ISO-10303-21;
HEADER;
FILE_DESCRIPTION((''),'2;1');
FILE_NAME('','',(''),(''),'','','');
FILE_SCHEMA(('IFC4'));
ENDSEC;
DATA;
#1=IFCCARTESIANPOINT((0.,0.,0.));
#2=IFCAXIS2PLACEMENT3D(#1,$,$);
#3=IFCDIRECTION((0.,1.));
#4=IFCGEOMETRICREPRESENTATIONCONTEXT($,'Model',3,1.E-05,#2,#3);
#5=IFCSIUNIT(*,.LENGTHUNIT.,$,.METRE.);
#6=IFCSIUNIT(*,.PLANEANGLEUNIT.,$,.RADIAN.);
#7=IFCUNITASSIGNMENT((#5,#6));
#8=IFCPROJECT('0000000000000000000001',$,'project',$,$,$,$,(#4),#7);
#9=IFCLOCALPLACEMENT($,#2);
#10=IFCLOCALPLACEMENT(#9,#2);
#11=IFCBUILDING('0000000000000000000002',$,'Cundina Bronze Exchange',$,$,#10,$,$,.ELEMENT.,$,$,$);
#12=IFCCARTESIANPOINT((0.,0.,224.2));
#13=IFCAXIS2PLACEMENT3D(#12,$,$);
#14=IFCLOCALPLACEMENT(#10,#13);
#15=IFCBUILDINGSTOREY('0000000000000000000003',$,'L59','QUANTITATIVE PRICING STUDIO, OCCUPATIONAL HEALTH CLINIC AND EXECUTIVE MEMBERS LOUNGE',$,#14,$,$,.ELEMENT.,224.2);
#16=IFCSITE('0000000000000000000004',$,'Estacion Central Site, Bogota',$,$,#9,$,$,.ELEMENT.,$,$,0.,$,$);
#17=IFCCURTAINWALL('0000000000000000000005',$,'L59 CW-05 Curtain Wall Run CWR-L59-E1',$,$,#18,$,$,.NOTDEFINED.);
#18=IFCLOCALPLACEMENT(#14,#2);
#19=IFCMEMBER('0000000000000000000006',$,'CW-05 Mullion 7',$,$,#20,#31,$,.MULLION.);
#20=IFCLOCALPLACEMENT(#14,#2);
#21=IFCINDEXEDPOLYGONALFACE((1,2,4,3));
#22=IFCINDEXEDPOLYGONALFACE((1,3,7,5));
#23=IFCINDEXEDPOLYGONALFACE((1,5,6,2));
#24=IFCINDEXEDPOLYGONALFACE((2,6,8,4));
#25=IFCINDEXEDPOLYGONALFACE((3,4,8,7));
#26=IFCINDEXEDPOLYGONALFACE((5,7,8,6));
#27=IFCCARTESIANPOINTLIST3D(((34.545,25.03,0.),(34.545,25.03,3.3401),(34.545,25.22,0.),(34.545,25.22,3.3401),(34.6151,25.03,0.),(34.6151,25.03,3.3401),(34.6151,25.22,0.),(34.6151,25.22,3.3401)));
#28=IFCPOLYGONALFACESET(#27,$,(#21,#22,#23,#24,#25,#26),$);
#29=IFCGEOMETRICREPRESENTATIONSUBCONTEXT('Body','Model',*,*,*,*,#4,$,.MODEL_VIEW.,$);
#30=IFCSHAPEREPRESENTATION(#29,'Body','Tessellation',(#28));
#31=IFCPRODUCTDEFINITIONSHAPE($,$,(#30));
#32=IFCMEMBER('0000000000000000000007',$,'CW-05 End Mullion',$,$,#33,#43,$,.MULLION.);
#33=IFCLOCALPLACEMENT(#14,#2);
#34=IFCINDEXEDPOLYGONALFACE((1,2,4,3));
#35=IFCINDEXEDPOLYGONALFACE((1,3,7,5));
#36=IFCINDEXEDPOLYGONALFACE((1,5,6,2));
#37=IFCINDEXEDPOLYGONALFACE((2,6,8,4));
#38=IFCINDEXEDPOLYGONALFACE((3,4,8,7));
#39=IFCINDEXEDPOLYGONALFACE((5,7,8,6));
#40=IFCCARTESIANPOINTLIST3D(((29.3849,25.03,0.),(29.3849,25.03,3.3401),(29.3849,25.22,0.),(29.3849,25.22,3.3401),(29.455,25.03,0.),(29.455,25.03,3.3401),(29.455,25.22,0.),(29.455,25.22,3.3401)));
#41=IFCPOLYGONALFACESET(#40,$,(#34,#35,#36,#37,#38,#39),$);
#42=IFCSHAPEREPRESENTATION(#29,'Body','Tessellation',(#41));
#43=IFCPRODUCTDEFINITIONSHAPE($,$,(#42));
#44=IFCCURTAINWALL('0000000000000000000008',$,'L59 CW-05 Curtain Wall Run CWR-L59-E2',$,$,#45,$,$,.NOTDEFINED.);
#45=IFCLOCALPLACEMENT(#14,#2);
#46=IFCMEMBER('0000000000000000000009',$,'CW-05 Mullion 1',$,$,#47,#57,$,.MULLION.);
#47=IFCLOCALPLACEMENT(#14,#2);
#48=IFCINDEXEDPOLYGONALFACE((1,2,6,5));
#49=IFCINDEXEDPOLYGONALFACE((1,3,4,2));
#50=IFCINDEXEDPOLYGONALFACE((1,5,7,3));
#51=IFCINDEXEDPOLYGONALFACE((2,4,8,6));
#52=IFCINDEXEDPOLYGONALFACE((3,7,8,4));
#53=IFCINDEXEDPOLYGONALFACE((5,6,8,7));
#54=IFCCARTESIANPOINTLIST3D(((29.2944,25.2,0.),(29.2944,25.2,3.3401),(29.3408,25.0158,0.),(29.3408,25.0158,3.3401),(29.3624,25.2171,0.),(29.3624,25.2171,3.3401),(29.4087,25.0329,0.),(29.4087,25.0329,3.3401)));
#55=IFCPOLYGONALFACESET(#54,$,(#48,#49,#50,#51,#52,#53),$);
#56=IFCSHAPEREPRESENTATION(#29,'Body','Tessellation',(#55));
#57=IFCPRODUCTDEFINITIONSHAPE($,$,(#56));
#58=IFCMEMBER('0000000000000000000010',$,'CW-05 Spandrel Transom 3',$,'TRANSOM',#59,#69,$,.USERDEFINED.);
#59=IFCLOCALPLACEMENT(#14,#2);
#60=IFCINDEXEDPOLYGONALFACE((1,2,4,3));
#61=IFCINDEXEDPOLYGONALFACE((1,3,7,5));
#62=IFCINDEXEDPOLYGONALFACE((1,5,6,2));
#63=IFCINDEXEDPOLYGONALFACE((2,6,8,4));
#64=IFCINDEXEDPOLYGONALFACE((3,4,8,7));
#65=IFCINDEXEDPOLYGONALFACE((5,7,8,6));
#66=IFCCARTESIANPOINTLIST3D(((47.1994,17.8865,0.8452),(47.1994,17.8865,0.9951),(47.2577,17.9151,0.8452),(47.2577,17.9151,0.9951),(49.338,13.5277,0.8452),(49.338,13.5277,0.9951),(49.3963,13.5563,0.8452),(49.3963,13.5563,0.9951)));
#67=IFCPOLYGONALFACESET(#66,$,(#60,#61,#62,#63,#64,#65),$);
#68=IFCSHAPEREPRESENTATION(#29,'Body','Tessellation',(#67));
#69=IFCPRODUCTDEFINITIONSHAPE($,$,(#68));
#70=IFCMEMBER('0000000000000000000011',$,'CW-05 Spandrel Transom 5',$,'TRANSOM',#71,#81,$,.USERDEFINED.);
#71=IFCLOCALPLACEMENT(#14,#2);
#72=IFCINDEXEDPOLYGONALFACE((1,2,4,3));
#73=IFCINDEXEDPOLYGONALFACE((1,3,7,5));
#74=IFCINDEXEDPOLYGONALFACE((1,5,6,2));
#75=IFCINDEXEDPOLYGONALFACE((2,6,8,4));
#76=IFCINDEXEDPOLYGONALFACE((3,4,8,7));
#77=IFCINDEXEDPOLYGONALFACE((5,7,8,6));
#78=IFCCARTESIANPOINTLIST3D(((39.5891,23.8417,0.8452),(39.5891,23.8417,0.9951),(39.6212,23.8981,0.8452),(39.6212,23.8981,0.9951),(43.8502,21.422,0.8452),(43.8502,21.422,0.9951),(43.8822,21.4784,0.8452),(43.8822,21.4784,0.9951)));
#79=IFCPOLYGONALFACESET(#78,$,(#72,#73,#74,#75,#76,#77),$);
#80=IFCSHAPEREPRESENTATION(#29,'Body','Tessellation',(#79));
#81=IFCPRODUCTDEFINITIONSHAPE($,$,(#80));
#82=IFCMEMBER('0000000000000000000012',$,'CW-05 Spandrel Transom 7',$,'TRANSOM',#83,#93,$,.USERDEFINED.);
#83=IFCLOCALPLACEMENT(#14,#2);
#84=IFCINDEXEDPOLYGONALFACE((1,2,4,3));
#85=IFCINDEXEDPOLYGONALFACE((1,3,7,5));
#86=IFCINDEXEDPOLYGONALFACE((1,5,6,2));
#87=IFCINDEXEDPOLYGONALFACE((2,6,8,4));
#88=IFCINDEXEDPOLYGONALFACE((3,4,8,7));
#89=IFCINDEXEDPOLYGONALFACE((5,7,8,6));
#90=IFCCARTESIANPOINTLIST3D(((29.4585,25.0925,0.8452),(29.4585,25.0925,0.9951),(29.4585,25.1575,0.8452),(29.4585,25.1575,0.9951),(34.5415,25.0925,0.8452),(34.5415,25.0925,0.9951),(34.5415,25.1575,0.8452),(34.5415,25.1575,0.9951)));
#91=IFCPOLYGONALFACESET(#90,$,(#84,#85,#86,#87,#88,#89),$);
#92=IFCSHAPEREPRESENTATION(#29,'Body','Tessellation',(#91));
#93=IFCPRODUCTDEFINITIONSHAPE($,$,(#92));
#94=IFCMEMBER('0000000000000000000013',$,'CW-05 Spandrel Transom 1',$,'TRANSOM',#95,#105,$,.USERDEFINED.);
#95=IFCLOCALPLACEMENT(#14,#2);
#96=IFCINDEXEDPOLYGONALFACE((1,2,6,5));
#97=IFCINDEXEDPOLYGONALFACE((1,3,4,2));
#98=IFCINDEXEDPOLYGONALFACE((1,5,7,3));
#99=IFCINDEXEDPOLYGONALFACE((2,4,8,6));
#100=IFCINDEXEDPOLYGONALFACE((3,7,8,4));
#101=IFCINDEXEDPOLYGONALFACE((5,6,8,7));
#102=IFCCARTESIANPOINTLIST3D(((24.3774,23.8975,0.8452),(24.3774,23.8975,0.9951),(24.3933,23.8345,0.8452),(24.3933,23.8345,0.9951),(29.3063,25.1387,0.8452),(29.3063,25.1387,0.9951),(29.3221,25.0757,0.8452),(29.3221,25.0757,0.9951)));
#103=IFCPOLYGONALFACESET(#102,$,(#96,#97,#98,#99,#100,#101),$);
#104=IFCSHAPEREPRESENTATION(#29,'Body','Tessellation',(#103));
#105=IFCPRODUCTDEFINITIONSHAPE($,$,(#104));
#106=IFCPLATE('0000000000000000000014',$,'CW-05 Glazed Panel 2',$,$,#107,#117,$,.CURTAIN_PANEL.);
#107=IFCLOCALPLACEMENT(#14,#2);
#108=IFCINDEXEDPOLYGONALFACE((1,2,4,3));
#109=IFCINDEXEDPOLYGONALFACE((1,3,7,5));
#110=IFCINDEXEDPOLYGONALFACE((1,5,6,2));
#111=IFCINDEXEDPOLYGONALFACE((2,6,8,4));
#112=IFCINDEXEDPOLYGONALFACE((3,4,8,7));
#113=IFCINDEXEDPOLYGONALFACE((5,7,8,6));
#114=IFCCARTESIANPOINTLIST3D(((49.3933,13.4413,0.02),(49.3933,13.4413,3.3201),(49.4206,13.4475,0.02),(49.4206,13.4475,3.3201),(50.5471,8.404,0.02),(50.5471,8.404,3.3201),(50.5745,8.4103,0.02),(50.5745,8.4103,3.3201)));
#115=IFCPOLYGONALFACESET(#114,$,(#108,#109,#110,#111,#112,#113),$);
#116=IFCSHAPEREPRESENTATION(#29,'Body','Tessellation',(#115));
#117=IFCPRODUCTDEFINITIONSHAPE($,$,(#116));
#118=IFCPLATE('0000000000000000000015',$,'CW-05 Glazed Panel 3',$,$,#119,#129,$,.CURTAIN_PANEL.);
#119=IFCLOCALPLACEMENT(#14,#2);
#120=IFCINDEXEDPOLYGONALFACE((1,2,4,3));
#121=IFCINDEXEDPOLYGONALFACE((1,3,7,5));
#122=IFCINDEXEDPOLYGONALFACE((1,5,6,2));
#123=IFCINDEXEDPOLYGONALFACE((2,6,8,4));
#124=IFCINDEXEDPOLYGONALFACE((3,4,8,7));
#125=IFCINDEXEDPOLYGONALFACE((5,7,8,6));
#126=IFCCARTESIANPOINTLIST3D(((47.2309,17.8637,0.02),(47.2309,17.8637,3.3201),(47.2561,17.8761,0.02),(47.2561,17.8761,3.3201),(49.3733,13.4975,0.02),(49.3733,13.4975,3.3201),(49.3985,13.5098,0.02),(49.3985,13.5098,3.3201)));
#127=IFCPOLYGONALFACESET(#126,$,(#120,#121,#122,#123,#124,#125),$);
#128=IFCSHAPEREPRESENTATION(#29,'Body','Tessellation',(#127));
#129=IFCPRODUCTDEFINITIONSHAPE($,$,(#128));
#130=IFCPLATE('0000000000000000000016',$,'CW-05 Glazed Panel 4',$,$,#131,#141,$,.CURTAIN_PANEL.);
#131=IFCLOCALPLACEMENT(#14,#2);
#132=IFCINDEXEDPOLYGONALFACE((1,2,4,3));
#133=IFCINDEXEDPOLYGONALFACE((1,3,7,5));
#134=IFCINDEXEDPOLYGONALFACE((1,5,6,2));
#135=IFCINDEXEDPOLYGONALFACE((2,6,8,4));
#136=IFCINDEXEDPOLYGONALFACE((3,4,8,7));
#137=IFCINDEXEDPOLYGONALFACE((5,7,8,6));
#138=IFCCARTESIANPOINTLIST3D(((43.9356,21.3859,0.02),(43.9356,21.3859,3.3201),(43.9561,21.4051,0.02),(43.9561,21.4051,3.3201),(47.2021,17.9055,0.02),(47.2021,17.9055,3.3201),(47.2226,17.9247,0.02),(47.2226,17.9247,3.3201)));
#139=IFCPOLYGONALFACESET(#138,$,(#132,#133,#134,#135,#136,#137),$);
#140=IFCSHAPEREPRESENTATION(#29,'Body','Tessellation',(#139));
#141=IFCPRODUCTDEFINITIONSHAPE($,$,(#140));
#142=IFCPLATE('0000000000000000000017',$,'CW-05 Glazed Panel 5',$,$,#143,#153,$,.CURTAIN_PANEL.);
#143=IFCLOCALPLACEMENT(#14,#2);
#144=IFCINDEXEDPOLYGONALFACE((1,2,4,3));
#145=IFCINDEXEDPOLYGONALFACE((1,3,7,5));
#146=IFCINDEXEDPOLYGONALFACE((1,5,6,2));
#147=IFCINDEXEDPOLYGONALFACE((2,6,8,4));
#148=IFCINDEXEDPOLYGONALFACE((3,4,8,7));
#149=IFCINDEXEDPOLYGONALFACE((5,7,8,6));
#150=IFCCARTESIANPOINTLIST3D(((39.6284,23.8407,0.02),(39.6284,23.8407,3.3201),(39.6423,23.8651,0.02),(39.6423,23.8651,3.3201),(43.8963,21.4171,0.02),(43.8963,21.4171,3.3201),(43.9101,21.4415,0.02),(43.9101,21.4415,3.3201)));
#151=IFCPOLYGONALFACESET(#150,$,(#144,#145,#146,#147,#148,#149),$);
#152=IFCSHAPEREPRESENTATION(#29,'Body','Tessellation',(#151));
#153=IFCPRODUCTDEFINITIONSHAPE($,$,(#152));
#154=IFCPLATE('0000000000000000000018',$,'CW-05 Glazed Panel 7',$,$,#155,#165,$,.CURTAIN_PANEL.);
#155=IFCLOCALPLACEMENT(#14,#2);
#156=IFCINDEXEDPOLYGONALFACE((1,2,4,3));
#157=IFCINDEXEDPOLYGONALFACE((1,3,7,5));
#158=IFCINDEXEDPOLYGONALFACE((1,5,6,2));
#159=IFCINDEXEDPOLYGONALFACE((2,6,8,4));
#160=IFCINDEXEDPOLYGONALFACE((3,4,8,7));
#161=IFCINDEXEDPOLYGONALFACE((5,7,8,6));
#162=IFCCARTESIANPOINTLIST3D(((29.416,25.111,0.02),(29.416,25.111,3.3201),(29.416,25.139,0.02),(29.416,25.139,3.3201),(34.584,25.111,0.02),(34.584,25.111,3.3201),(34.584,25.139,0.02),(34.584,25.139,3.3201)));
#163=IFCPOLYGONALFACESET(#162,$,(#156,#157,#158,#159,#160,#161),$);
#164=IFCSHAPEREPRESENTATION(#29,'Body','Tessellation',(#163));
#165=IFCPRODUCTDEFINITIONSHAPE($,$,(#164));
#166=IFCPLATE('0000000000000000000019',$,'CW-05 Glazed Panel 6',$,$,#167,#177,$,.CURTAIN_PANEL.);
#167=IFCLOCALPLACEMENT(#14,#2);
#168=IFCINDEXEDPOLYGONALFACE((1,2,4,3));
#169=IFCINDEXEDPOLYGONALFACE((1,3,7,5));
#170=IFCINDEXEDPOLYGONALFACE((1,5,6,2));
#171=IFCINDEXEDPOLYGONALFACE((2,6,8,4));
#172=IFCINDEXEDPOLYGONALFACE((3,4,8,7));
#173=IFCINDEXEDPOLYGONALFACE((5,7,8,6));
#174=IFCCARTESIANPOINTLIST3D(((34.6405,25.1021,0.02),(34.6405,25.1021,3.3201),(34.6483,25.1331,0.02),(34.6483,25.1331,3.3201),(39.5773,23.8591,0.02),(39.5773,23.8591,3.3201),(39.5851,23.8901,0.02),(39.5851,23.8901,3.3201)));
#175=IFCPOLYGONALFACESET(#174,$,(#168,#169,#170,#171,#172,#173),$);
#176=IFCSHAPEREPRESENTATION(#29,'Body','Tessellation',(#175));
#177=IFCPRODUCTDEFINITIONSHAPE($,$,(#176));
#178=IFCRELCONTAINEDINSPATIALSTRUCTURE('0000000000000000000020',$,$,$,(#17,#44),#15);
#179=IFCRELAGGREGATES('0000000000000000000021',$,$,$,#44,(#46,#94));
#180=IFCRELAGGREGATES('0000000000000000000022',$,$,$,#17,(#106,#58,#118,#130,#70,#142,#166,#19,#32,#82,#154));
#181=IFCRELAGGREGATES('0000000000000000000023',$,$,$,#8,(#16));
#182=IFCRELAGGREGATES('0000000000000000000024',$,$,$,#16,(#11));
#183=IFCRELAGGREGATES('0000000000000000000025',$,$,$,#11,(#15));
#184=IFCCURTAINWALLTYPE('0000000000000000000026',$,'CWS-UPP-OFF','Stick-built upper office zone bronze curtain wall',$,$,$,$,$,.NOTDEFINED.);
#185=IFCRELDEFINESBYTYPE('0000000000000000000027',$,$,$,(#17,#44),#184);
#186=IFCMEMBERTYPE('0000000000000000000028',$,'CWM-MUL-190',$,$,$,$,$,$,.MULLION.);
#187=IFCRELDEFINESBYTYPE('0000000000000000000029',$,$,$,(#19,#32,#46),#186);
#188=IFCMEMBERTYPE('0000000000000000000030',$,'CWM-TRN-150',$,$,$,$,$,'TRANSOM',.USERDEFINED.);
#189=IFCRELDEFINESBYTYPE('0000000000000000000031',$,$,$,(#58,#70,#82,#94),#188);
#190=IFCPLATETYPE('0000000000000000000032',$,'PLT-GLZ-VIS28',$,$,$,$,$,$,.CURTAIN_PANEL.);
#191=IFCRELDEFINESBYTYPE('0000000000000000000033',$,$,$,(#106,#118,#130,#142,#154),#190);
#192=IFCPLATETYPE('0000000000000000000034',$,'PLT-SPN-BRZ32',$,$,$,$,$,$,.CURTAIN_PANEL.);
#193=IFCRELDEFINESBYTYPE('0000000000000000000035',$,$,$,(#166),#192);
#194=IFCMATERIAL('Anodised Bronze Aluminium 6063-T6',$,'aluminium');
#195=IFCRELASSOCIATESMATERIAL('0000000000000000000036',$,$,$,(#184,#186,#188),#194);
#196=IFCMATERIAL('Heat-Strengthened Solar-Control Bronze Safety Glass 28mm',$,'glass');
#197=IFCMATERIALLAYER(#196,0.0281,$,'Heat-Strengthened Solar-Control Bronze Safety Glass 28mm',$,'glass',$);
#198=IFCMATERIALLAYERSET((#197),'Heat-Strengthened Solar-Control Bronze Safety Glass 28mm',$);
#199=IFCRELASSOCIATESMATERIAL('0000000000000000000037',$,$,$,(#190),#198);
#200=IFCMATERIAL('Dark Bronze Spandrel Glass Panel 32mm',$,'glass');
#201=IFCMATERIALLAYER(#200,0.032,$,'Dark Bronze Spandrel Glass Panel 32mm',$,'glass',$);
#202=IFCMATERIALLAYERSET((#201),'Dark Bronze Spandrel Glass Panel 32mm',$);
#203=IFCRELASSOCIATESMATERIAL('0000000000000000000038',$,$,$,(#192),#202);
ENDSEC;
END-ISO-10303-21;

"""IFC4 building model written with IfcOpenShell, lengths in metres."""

from ifc_helpers import new_model, si_unit, direction, frame, origin, origin_2d, place, context, subcontext, project, spatial, rectangle, extrude, material, layer, layer_set, material_profile, profile_set, type_object, element, aggregate, save


model = new_model("IFC4")

# Units and contexts
model_context = context("Model", 3, precision=1e-05, world=origin(), true_north=direction((0.0, 1.0)))
body_context = subcontext(model_context, "Body", "Model", "MODEL_VIEW")
ifc_project = project(units=[si_unit("LENGTHUNIT", "METRE"), si_unit("PLANEANGLEUNIT", "RADIAN")], contexts=[model_context])

# Site, building, storey
site_placement = place(None, origin())
site = spatial("IfcSite", under=ifc_project, at=site_placement, Name="Estacion Central Site, Bogota", CompositionType="ELEMENT", RefElevation=0.0)
building_placement = place(site_placement, origin())
building = spatial("IfcBuilding", under=site, at=building_placement, Name="Cundina Bronze Exchange", CompositionType="ELEMENT")
storey_placement = place(building_placement, frame((0.0, 0.0, 224.2)))
storey = spatial("IfcBuildingStorey", under=building, at=storey_placement, Name="L59", Description="QUANTITATIVE PRICING STUDIO, OCCUPATIONAL HEALTH CLINIC AND EXECUTIVE MEMBERS LOUNGE", CompositionType="ELEMENT", Elevation=224.2)

# Curtain wall, members
ifc_material_1 = material(Name="Anodised Bronze Aluminium 6063-T6", Category="aluminium")
curtain_wall_type = type_object("IfcCurtainWallType", Name="CWS-UPP-OFF", Description="Stick-built upper office zone bronze curtain wall", PredefinedType="NOTDEFINED", material=ifc_material_1)
curtain_wall_1_placement = place(storey_placement, origin())
curtain_wall_1 = element("IfcCurtainWall", 1, at=curtain_wall_1_placement, inside=storey, type_object=curtain_wall_type, Name="L59 CW-05 Curtain Wall Run CWR-L59-E1", PredefinedType="NOTDEFINED")
ifc_material_profile_1 = material_profile(ifc_material_1, rectangle(XDim=0.0701, YDim=0.1899, at=origin_2d()), Name="AL70X190", Category="aluminium")
ifc_profile_set_1 = profile_set([ifc_material_profile_1], Name="Anodised Bronze Aluminium 6063-T6")
member_type_1 = type_object("IfcMemberType", Name="CWM-MUL-190", PredefinedType="MULLION", material=ifc_profile_set_1)
member_1_placement = place(storey_placement, frame((34.5801, 25.125, 0.0), z_axis=(0.0, 0.0, 1.0), x_axis=(-1.0, 0.0, 0.0)))
member_1 = element("IfcMember", 2, at=member_1_placement, type_object=member_type_1, Name="CW-05 Mullion 7", PredefinedType="MULLION", context=body_context, shape_type="SweptSolid", body=[
    extrude(rectangle(XDim=0.0701, YDim=0.1899, at=origin_2d()), origin(), (0.0, 0.0, 1.0), 3.3401),
])
member_2_placement = place(storey_placement, frame((29.4199, 25.125, 0.0), z_axis=(0.0, 0.0, 1.0), x_axis=(-1.0, 0.0, 0.0)))
member_2 = element("IfcMember", 3, at=member_2_placement, type_object=member_type_1, Name="CW-05 End Mullion", PredefinedType="MULLION", context=body_context, shape_type="SweptSolid", body=[
    extrude(rectangle(XDim=0.0701, YDim=0.1899, at=origin_2d()), origin(), (0.0, 0.0, 1.0), 3.3401),
])

# Curtain wall, member
curtain_wall_2_placement = place(storey_placement, origin())
curtain_wall_2 = element("IfcCurtainWall", 4, at=curtain_wall_2_placement, inside=storey, type_object=curtain_wall_type, Name="L59 CW-05 Curtain Wall Run CWR-L59-E2", PredefinedType="NOTDEFINED")
member_3_placement = place(storey_placement, frame((29.3516, 25.1165, 0.0), z_axis=(0.0, 0.0, 1.0), x_axis=(-0.969744, -0.244123, 0.0)))
member_3 = element("IfcMember", 5, at=member_3_placement, type_object=member_type_1, Name="CW-05 Mullion 1", PredefinedType="MULLION", context=body_context, shape_type="SweptSolid", body=[
    extrude(rectangle(XDim=0.0701, YDim=0.1899, at=origin_2d()), origin(), (0.0, 0.0, 1.0), 3.3401),
])

# Members
ifc_material_profile_2 = material_profile(ifc_material_1, rectangle(XDim=0.0649, YDim=0.1499, at=origin_2d()), Name="AL65X150", Category="aluminium")
ifc_profile_set_2 = profile_set([ifc_material_profile_2], Name="Anodised Bronze Aluminium 6063-T6")
member_type_2 = type_object("IfcMemberType", Name="CWM-TRN-150", ElementType="TRANSOM", PredefinedType="USERDEFINED", material=ifc_profile_set_2)
member_4_placement = place(storey_placement, frame((49.3672, 13.542, 0.9202), z_axis=(-0.440483, 0.897761, 0.0), x_axis=(-0.897761, -0.440483, 0.0)))
member_4 = element("IfcMember", 6, at=member_4_placement, type_object=member_type_2, Name="CW-05 Spandrel Transom 3", ObjectType="TRANSOM", PredefinedType="USERDEFINED", context=body_context, shape_type="SweptSolid", body=[
    extrude(rectangle(XDim=0.0649, YDim=0.1499, at=origin_2d()), origin(), (0.0, 0.0, 1.0), 4.8552),
])
member_5_placement = place(storey_placement, frame((43.8662, 21.4502, 0.9202), z_axis=(-0.869574, 0.493803, 0.0), x_axis=(-0.493803, -0.869574, 0.0)))
member_5 = element("IfcMember", 7, at=member_5_placement, type_object=member_type_2, Name="CW-05 Spandrel Transom 5", ObjectType="TRANSOM", PredefinedType="USERDEFINED", context=body_context, shape_type="SweptSolid", body=[
    extrude(rectangle(XDim=0.0649, YDim=0.1499, at=origin_2d()), origin(), (0.0, 0.0, 1.0), 4.9001),
])
member_6_placement = place(storey_placement, frame((34.5415, 25.125, 0.9202), z_axis=(-1.0, 0.0, 0.0), x_axis=(0.0, -1.0, 0.0)))
member_6 = element("IfcMember", 8, at=member_6_placement, type_object=member_type_2, Name="CW-05 Spandrel Transom 7", ObjectType="TRANSOM", PredefinedType="USERDEFINED", context=body_context, shape_type="SweptSolid", body=[
    extrude(rectangle(XDim=0.0649, YDim=0.1499, at=origin_2d()), origin(), (0.0, 0.0, 1.0), 5.083),
])
member_7_placement = place(storey_placement, frame((29.3142, 25.1072, 0.9202), z_axis=(-0.969726, -0.244197, 0.0), x_axis=(0.244197, -0.969726, 0.0)))
member_7 = element("IfcMember", 9, at=member_7_placement, type_object=member_type_2, Name="CW-05 Spandrel Transom 1", ObjectType="TRANSOM", PredefinedType="USERDEFINED", context=body_context, shape_type="SweptSolid", body=[
    extrude(rectangle(XDim=0.0649, YDim=0.1499, at=origin_2d()), origin(), (0.0, 0.0, 1.0), 5.0828),
])
aggregate(curtain_wall_2, [member_3, member_7])

# Plates
ifc_material_2 = material(Name="Heat-Strengthened Solar-Control Bronze Safety Glass 28mm", Category="glass")
ifc_layer_1 = layer(ifc_material_2, 0.0281, Name="Heat-Strengthened Solar-Control Bronze Safety Glass 28mm", Category="glass")
ifc_layer_set_1 = layer_set([ifc_layer_1], Name="Heat-Strengthened Solar-Control Bronze Safety Glass 28mm")
plate_type_1 = type_object("IfcPlateType", Name="PLT-GLZ-VIS28", PredefinedType="CURTAIN_PANEL", material=ifc_layer_set_1)
plate_1_placement = place(storey_placement, frame((49.9839, 10.9258, 0.02), z_axis=(0.0, 0.0, 1.0), x_axis=(-0.223284, 0.974753, 0.0)))
plate_1 = element("IfcPlate", 10, at=plate_1_placement, type_object=plate_type_1, Name="CW-05 Glazed Panel 2", PredefinedType="CURTAIN_PANEL", context=body_context, shape_type="SweptSolid", body=[
    extrude(rectangle(XDim=5.1677, YDim=0.0281, at=origin_2d()), origin(), (0.0, 0.0, 1.0), 3.3),
])
plate_2_placement = place(storey_placement, frame((48.3147, 15.6868, 0.02), z_axis=(0.0, 0.0, 1.0), x_axis=(-0.440503, 0.897751, 0.0)))
plate_2 = element("IfcPlate", 11, at=plate_2_placement, type_object=plate_type_1, Name="CW-05 Glazed Panel 3", PredefinedType="CURTAIN_PANEL", context=body_context, shape_type="SweptSolid", body=[
    extrude(rectangle(XDim=4.8635, YDim=0.0281, at=origin_2d()), origin(), (0.0, 0.0, 1.0), 3.3),
])
plate_3_placement = place(storey_placement, frame((45.5791, 19.6553, 0.02), z_axis=(0.0, 0.0, 1.0), x_axis=(-0.684344, 0.72916, 0.0)))
plate_3 = element("IfcPlate", 12, at=plate_3_placement, type_object=plate_type_1, Name="CW-05 Glazed Panel 4", PredefinedType="CURTAIN_PANEL", context=body_context, shape_type="SweptSolid", body=[
    extrude(rectangle(XDim=4.7732, YDim=0.0281, at=origin_2d()), origin(), (0.0, 0.0, 1.0), 3.3),
])
plate_4_placement = place(storey_placement, frame((41.7693, 22.6411, 0.02), z_axis=(0.0, 0.0, 1.0), x_axis=(-0.869573, 0.493805, 0.0)))
plate_4 = element("IfcPlate", 13, at=plate_4_placement, type_object=plate_type_1, Name="CW-05 Glazed Panel 5", PredefinedType="CURTAIN_PANEL", context=body_context, shape_type="SweptSolid", body=[
    extrude(rectangle(XDim=4.908, YDim=0.0281, at=origin_2d()), origin(), (0.0, 0.0, 1.0), 3.3),
])
plate_5_placement = place(storey_placement, frame((32.0, 25.125, 0.02), z_axis=(0.0, 0.0, 1.0), x_axis=(-1.0, 0.0, 0.0)))
plate_5 = element("IfcPlate", 14, at=plate_5_placement, type_object=plate_type_1, Name="CW-05 Glazed Panel 7", PredefinedType="CURTAIN_PANEL", context=body_context, shape_type="SweptSolid", body=[
    extrude(rectangle(XDim=5.168, YDim=0.0281, at=origin_2d()), origin(), (0.0, 0.0, 1.0), 3.3),
])
ifc_material_3 = material(Name="Dark Bronze Spandrel Glass Panel 32mm", Category="glass")
ifc_layer_2 = layer(ifc_material_3, 0.032, Name="Dark Bronze Spandrel Glass Panel 32mm", Category="glass")
ifc_layer_set_2 = layer_set([ifc_layer_2], Name="Dark Bronze Spandrel Glass Panel 32mm")
plate_type_2 = type_object("IfcPlateType", Name="PLT-SPN-BRZ32", PredefinedType="CURTAIN_PANEL", material=ifc_layer_set_2)
plate_6_placement = place(storey_placement, frame((37.1128, 24.4961, 0.02), z_axis=(0.0, 0.0, 1.0), x_axis=(-0.969732, 0.244174, 0.0)))
plate_6 = element("IfcPlate", 15, at=plate_6_placement, type_object=plate_type_2, Name="CW-05 Glazed Panel 6", PredefinedType="CURTAIN_PANEL", context=body_context, shape_type="SweptSolid", body=[
    extrude(rectangle(XDim=5.0908, YDim=0.032, at=origin_2d()), origin(), (0.0, 0.0, 1.0), 3.3),
])
aggregate(curtain_wall_1, [plate_1, member_4, plate_2, plate_3, member_5, plate_4, plate_6, member_1, member_2, member_6, plate_5])

save(model, "model.ifc")
